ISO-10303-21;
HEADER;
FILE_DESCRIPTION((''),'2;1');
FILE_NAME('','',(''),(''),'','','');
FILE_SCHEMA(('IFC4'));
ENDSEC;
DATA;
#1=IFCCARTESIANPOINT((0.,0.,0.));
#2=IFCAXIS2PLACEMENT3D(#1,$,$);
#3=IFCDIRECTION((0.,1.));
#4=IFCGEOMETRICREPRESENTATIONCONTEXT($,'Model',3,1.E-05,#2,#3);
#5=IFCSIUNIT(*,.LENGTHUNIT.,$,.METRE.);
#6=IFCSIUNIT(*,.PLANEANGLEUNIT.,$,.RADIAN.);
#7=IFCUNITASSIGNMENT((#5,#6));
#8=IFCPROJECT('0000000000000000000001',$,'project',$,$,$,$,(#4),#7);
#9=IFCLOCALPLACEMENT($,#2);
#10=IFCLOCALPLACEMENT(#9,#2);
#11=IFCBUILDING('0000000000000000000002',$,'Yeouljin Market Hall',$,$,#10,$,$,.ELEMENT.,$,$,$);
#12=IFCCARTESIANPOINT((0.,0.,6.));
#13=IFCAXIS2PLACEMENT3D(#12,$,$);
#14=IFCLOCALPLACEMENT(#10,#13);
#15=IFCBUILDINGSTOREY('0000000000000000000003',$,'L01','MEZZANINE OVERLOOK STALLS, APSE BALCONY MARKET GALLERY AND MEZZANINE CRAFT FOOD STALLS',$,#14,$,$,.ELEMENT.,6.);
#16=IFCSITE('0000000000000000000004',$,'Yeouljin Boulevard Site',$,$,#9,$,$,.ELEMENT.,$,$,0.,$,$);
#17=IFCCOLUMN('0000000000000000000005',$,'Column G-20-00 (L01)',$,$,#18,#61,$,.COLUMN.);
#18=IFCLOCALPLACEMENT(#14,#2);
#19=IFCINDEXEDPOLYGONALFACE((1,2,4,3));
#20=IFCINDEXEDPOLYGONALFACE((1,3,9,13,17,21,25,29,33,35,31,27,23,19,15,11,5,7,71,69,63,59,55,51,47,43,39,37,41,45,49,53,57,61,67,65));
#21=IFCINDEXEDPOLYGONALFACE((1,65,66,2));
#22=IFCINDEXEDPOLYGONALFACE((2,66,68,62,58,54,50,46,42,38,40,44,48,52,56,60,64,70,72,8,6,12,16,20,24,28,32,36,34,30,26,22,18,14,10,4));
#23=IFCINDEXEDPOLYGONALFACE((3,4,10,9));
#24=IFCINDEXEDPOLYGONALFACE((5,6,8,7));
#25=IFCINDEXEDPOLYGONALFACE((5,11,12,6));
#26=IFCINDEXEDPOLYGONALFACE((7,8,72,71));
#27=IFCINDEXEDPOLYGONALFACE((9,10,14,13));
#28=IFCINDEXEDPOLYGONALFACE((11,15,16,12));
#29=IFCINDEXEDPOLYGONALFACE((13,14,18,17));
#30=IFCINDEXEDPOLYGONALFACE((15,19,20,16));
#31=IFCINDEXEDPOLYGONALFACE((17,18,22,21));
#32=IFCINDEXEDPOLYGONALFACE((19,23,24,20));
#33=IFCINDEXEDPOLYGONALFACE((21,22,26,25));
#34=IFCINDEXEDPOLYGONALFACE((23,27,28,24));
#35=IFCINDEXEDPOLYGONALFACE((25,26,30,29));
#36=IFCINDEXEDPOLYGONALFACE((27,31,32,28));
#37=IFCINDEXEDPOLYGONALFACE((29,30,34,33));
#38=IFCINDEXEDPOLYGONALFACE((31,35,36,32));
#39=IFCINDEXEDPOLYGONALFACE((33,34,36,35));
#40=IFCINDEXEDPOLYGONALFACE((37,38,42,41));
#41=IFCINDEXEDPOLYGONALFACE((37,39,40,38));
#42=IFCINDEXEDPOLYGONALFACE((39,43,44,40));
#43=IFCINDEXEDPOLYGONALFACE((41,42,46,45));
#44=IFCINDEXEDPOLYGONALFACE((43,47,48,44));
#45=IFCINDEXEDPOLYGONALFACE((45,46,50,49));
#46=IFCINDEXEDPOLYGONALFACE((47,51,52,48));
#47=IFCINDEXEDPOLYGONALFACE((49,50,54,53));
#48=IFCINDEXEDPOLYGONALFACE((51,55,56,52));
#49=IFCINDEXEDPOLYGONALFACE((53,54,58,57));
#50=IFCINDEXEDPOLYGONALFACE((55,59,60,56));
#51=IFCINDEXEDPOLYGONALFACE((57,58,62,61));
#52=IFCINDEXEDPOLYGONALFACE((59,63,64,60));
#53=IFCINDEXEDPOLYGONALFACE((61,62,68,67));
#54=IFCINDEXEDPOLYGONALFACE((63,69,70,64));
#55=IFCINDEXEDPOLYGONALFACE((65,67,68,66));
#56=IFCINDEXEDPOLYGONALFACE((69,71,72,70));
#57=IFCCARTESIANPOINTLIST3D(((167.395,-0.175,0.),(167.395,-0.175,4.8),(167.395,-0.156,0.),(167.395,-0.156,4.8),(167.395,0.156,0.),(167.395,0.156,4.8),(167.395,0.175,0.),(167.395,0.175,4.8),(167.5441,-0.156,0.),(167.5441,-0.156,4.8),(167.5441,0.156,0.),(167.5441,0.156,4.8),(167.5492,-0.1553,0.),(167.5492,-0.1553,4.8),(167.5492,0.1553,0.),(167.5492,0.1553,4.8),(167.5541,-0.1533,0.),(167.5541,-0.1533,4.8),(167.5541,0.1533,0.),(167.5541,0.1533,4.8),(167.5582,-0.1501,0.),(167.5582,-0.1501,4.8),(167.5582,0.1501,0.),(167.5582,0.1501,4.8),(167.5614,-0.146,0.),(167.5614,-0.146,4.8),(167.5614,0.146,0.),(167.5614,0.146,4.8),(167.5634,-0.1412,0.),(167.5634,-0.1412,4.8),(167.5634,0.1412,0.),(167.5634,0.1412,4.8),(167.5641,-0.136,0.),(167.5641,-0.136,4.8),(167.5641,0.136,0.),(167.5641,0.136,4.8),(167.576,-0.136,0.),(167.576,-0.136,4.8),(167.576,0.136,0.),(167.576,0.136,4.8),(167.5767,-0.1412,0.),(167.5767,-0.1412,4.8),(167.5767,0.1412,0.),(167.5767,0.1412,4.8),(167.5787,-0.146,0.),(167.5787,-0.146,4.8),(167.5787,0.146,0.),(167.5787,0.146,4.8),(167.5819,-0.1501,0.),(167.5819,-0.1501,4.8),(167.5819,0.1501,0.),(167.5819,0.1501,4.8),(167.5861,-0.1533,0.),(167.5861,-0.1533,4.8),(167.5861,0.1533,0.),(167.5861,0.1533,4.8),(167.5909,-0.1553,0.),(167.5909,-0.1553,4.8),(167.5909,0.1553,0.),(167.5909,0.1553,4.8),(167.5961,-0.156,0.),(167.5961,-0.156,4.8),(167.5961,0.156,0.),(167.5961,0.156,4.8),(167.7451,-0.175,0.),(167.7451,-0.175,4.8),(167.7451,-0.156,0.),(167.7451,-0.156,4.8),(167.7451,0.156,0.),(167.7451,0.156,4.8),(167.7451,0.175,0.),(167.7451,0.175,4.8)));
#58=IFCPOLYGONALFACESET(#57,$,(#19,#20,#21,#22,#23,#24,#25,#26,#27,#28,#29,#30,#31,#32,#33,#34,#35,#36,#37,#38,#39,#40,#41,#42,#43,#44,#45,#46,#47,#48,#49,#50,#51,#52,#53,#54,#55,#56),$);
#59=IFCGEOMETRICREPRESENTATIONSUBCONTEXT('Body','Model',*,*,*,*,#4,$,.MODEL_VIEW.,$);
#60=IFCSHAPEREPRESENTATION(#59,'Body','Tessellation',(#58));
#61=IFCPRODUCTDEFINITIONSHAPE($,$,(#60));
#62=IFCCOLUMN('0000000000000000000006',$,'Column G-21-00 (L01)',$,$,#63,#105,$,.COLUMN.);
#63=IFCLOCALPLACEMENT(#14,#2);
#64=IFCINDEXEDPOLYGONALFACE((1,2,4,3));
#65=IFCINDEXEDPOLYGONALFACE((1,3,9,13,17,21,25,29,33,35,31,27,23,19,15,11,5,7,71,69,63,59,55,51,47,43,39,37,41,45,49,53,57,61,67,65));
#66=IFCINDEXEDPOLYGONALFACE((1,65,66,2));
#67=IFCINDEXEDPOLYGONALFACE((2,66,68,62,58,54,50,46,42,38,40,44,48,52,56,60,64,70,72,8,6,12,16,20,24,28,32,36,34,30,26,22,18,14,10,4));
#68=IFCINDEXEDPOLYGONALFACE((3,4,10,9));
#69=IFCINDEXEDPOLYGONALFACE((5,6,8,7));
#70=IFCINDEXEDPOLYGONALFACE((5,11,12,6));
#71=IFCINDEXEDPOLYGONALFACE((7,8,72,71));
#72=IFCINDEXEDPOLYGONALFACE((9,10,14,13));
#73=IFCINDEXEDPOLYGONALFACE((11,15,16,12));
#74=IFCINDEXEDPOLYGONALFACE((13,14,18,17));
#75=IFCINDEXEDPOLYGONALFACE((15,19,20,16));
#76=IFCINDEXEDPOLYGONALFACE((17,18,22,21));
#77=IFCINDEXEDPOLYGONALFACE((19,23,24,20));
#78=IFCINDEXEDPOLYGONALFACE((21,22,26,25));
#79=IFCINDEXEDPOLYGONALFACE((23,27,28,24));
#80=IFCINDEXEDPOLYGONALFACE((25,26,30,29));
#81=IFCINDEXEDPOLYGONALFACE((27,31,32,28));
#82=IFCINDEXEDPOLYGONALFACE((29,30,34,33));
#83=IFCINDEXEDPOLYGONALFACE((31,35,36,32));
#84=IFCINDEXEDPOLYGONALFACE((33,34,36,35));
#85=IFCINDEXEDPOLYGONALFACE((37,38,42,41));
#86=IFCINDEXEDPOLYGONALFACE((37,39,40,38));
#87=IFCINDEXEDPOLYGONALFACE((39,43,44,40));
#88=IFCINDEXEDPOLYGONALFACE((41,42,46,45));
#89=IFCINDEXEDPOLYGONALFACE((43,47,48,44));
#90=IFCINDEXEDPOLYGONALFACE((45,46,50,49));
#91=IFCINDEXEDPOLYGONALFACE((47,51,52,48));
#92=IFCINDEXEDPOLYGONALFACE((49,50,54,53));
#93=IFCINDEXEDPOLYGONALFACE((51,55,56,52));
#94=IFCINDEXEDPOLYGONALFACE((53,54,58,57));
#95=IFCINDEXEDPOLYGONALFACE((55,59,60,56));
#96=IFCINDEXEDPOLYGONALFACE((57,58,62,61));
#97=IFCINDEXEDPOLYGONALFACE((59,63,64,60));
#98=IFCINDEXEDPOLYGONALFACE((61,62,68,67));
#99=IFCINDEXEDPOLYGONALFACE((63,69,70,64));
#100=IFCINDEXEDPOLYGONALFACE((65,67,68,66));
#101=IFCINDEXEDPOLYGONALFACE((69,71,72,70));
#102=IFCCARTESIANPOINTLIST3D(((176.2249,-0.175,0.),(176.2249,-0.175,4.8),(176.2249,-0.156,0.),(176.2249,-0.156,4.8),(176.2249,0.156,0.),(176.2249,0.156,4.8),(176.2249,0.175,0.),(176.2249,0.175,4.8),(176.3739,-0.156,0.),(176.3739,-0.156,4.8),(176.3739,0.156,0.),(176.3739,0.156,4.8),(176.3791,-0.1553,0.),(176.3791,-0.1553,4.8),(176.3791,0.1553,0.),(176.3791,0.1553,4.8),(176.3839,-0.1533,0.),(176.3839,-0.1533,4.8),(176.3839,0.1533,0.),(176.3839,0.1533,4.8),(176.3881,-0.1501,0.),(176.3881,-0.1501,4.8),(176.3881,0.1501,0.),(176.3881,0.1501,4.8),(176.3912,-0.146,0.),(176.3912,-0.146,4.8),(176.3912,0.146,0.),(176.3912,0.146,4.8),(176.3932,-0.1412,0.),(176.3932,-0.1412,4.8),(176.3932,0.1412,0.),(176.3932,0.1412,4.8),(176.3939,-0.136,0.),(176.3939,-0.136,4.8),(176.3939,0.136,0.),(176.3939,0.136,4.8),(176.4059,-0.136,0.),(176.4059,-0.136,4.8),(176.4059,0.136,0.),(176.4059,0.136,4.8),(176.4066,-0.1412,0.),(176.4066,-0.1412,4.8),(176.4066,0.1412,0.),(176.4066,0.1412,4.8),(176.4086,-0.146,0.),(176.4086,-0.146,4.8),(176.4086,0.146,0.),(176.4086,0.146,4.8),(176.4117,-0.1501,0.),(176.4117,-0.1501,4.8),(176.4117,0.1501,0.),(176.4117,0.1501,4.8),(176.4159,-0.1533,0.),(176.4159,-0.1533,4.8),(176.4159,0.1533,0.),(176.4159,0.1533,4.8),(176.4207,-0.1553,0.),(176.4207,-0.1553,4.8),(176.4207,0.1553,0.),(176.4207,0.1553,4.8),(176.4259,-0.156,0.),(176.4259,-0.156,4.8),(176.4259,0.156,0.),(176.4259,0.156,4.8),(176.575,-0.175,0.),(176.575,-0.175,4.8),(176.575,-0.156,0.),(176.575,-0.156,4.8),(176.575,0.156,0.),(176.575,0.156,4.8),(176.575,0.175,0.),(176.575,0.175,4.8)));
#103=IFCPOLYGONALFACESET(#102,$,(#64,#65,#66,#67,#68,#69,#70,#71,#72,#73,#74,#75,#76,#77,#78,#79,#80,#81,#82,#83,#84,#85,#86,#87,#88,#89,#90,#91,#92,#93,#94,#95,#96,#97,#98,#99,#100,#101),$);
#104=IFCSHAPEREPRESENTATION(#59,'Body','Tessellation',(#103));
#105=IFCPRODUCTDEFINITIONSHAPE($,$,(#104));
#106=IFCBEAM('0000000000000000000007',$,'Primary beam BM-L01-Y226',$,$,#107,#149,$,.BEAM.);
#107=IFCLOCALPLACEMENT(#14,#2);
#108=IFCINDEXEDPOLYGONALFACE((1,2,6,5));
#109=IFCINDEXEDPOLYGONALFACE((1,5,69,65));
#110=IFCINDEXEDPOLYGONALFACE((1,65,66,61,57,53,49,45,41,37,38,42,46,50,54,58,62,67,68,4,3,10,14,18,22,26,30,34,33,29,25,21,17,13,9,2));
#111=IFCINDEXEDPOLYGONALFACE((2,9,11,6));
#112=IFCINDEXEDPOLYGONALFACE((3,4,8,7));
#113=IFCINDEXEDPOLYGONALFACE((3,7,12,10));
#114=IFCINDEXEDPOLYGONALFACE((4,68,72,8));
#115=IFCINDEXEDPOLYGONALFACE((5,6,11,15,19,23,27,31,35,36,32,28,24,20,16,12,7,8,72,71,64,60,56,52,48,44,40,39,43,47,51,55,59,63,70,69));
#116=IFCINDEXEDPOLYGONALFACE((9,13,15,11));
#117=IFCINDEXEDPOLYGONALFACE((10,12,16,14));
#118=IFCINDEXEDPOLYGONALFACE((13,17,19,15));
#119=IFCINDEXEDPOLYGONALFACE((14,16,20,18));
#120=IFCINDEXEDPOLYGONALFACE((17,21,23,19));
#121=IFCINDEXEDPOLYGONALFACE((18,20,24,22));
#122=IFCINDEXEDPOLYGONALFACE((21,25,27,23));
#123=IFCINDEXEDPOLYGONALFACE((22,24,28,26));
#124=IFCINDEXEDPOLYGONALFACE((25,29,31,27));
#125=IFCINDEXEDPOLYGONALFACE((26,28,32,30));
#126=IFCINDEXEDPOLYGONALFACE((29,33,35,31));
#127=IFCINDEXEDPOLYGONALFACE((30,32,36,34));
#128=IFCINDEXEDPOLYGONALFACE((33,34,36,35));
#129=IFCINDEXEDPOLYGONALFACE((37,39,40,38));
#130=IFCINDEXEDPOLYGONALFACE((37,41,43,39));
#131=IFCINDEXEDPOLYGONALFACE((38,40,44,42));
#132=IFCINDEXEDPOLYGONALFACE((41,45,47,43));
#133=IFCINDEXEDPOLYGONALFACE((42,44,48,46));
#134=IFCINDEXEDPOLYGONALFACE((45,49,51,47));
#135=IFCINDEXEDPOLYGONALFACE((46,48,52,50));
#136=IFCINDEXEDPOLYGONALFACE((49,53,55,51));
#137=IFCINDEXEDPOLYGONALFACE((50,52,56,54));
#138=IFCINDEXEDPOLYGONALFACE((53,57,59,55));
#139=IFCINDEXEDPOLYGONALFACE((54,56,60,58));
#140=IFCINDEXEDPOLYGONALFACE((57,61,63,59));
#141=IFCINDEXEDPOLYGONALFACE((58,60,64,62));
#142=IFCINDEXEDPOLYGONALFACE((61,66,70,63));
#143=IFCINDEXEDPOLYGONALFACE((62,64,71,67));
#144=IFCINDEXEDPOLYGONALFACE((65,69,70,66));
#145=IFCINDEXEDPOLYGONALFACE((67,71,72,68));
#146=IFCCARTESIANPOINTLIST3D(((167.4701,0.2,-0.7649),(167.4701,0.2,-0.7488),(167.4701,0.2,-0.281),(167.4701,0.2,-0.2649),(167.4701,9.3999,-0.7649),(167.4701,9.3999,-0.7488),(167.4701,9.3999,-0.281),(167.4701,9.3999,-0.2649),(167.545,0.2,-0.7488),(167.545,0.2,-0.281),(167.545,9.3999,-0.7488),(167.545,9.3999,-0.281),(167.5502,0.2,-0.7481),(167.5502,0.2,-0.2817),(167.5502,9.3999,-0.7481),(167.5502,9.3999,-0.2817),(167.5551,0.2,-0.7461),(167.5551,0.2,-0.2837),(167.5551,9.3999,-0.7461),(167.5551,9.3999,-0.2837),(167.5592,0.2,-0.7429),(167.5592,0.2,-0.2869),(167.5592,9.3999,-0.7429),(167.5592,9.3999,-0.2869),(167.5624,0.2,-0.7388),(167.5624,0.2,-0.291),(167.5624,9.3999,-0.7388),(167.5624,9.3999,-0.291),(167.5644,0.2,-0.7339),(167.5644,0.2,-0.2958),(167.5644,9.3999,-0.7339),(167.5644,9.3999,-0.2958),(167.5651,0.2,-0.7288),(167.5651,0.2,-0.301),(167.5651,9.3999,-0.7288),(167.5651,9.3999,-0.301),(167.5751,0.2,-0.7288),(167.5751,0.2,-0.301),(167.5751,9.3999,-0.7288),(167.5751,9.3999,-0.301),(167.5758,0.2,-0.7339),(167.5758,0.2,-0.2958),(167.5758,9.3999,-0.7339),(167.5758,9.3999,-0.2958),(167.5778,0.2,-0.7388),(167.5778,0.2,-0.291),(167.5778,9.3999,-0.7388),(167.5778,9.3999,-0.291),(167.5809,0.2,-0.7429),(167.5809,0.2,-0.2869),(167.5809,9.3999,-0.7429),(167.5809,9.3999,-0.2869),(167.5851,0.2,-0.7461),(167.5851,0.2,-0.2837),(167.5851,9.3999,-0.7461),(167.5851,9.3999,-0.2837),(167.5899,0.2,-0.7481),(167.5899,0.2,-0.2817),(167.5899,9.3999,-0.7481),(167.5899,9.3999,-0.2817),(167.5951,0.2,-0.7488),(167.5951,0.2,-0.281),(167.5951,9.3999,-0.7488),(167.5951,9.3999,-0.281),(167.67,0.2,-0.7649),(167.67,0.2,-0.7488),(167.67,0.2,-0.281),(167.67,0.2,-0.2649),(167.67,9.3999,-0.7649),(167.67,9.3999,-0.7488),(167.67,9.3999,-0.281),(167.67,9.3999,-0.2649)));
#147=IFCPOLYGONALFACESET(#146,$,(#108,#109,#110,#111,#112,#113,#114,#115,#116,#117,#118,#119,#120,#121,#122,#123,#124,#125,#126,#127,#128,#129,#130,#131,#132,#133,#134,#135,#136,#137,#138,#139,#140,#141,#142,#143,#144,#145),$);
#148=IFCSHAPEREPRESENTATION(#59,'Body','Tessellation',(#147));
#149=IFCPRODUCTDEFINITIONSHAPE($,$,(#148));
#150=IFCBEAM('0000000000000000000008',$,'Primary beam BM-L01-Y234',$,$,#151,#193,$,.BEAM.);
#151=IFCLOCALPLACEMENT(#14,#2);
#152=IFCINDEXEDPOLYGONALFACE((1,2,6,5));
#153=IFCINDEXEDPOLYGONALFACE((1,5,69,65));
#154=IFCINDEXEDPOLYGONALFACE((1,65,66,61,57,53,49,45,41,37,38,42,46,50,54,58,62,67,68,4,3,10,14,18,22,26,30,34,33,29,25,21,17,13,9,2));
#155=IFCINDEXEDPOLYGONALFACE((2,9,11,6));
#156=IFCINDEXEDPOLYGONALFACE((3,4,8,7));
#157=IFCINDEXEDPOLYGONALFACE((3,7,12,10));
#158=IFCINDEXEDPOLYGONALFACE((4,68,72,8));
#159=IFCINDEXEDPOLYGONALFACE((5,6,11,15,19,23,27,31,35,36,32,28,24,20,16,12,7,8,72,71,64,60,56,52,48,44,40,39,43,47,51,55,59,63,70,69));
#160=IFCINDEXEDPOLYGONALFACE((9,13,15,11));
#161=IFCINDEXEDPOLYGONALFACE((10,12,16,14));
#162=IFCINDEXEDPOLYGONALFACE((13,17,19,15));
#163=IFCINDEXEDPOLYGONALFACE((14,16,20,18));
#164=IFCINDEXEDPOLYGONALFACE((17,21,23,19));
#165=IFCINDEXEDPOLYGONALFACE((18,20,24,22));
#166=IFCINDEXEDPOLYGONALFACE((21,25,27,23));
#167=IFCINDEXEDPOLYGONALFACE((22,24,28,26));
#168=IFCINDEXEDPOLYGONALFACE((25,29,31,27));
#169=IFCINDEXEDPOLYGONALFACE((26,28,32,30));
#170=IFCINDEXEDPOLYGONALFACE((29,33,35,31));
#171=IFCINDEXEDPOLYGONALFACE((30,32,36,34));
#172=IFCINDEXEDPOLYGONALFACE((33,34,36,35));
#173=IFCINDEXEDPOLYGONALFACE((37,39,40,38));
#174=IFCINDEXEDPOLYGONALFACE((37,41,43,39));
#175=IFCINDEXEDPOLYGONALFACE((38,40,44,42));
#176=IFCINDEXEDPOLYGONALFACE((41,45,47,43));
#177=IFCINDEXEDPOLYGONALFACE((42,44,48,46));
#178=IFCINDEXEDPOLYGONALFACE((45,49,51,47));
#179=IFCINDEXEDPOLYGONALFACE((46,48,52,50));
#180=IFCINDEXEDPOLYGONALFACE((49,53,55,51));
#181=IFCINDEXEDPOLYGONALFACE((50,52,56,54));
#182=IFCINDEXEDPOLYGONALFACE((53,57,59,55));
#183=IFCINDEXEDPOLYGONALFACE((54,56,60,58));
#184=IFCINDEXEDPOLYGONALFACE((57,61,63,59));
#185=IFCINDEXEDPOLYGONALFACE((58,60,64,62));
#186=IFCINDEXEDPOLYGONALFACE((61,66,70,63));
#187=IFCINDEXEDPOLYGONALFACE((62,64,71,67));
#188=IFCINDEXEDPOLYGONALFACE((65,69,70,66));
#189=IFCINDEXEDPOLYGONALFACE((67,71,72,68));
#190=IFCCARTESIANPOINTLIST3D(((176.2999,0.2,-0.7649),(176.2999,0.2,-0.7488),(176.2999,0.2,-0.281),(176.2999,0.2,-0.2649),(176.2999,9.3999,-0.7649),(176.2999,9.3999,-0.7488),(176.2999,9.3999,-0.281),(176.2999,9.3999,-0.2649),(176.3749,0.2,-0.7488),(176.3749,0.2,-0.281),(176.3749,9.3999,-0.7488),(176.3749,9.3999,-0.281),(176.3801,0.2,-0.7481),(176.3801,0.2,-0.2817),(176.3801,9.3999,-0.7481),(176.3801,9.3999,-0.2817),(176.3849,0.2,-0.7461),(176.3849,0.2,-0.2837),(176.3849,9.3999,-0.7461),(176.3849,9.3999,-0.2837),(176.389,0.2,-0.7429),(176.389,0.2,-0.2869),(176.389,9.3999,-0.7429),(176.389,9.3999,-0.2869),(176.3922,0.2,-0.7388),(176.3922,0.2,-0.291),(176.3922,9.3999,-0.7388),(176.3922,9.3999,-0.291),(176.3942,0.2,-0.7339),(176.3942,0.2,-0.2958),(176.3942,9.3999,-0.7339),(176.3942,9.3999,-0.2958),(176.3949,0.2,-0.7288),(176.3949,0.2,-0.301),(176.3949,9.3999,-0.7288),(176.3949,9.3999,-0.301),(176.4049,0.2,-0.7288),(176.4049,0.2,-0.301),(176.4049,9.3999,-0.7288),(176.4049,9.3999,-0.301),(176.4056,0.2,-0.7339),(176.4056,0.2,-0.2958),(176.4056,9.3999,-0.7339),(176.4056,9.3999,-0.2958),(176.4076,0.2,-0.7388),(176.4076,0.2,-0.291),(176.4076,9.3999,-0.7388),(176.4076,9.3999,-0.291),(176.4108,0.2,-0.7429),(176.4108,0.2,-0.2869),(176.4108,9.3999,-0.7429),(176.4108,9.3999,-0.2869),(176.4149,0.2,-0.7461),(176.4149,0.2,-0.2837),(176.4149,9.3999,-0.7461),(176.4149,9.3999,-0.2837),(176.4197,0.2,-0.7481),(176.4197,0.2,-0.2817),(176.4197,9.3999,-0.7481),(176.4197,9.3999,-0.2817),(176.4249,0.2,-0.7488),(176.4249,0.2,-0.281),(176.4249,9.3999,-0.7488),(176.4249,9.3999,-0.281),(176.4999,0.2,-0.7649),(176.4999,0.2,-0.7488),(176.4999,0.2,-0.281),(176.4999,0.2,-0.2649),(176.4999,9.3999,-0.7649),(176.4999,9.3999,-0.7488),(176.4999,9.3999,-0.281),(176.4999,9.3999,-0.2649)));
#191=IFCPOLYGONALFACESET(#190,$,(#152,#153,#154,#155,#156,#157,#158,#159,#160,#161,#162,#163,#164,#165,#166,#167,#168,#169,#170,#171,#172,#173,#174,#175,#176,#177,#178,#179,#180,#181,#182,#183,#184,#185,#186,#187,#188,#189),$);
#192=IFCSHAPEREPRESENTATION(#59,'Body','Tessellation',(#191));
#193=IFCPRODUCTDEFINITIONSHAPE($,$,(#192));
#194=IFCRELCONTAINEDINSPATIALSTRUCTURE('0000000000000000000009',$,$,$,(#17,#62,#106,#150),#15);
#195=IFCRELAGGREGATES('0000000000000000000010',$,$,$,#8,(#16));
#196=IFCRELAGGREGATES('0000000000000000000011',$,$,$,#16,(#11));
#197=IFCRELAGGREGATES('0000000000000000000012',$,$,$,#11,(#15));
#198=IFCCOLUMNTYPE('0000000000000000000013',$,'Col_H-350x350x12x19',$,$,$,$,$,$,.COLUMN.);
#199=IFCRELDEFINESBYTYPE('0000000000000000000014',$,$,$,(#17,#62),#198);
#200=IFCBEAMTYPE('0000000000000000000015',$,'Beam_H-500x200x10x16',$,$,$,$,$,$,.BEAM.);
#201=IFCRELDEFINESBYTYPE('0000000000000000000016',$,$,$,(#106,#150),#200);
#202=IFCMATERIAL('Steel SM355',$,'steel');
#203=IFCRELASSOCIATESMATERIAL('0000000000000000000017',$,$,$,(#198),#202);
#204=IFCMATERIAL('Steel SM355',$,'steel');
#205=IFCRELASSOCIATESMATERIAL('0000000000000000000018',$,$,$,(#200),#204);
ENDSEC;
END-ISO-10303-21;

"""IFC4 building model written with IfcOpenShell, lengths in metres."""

from ifc_helpers import new_model, si_unit, direction, frame, origin, origin_2d, place, context, subcontext, project, spatial, i_section, extrude, material, material_profile, profile_set, type_object, element, save


model = new_model("IFC4")

# Units and contexts
model_context = context("Model", 3, precision=1e-05, world=origin(), true_north=direction((0.0, 1.0)))
body_context = subcontext(model_context, "Body", "Model", "MODEL_VIEW")
ifc_project = project(units=[si_unit("LENGTHUNIT", "METRE"), si_unit("PLANEANGLEUNIT", "RADIAN")], contexts=[model_context])

# Site, building, storey
site_placement = place(None, origin())
site = spatial("IfcSite", under=ifc_project, at=site_placement, Name="Yeouljin Boulevard Site", CompositionType="ELEMENT", RefElevation=0.0)
building_placement = place(site_placement, origin())
building = spatial("IfcBuilding", under=site, at=building_placement, Name="Yeouljin Market Hall", CompositionType="ELEMENT")
storey_placement = place(building_placement, frame((0.0, 0.0, 6.0)))
storey = spatial("IfcBuildingStorey", under=building, at=storey_placement, Name="L01", Description="MEZZANINE OVERLOOK STALLS, APSE BALCONY MARKET GALLERY AND MEZZANINE CRAFT FOOD STALLS", CompositionType="ELEMENT", Elevation=6.0)

# Columns
ifc_material_1 = material(Name="Steel SM355", Category="steel")
ifc_material_profile_1 = material_profile(ifc_material_1, i_section(OverallWidth=0.3501, OverallDepth=0.3501, WebThickness=0.012, FlangeThickness=0.019, FilletRadius=0.02, at=origin_2d()), Name="H-350x350x12x19")
ifc_profile_set_1 = profile_set([ifc_material_profile_1], Name="Steel SM355")
column_type = type_object("IfcColumnType", Name="Col_H-350x350x12x19", PredefinedType="COLUMN", material=ifc_profile_set_1)
for number, where, z_axis, x_axis, name in (
    (1, (167.5701, 0.0, 0.0), (0.0, 0.0, 1.0), (1.0, 0.0, 0.0), "Column G-20-00 (L01)"),
    (2, (176.3999, 0.0, 0.0), (0.0, 0.0, 1.0), (1.0, 0.0, 0.0), "Column G-21-00 (L01)"),
):
    element("IfcColumn", number, at=place(storey_placement, frame(where, z_axis=z_axis, x_axis=x_axis)), inside=storey, type_object=column_type, Name=name, PredefinedType="COLUMN", context=body_context, shape_type="SweptSolid", body=[
        extrude(i_section(OverallWidth=0.3501, OverallDepth=0.3501, WebThickness=0.012, FlangeThickness=0.019, FilletRadius=0.02, at=origin_2d()), origin(), (0.0, 0.0, 1.0), 4.8),
    ])

# Beams
ifc_material_2 = material(Name="Steel SM355", Category="steel")
ifc_material_profile_2 = material_profile(ifc_material_2, i_section(OverallWidth=0.2, OverallDepth=0.5, WebThickness=0.01, FlangeThickness=0.0161, FilletRadius=0.02, at=origin_2d()), Name="H-500x200x10x16")
ifc_profile_set_2 = profile_set([ifc_material_profile_2], Name="Steel SM355")
beam_type_1 = type_object("IfcBeamType", Name="Beam_H-500x200x10x16", PredefinedType="BEAM", material=ifc_profile_set_2)
for number, where, z_axis, x_axis, name in (
    (3, (167.5701, 0.2, -0.5149), (0.0, 1.0, 0.0), (-1.0, 0.0, 0.0), "Primary beam BM-L01-Y226"),
    (4, (176.3999, 0.2, -0.5149), (0.0, 1.0, 0.0), (-1.0, 0.0, 0.0), "Primary beam BM-L01-Y234"),
):
    element("IfcBeam", number, at=place(storey_placement, frame(where, z_axis=z_axis, x_axis=x_axis)), inside=storey, type_object=beam_type_1, Name=name, PredefinedType="BEAM", context=body_context, shape_type="SweptSolid", body=[
        extrude(i_section(OverallWidth=0.2, OverallDepth=0.5, WebThickness=0.01, FlangeThickness=0.0161, FilletRadius=0.02, at=origin_2d()), origin(), (0.0, 0.0, 1.0), 9.2),
    ])

save(model, "model.ifc")
